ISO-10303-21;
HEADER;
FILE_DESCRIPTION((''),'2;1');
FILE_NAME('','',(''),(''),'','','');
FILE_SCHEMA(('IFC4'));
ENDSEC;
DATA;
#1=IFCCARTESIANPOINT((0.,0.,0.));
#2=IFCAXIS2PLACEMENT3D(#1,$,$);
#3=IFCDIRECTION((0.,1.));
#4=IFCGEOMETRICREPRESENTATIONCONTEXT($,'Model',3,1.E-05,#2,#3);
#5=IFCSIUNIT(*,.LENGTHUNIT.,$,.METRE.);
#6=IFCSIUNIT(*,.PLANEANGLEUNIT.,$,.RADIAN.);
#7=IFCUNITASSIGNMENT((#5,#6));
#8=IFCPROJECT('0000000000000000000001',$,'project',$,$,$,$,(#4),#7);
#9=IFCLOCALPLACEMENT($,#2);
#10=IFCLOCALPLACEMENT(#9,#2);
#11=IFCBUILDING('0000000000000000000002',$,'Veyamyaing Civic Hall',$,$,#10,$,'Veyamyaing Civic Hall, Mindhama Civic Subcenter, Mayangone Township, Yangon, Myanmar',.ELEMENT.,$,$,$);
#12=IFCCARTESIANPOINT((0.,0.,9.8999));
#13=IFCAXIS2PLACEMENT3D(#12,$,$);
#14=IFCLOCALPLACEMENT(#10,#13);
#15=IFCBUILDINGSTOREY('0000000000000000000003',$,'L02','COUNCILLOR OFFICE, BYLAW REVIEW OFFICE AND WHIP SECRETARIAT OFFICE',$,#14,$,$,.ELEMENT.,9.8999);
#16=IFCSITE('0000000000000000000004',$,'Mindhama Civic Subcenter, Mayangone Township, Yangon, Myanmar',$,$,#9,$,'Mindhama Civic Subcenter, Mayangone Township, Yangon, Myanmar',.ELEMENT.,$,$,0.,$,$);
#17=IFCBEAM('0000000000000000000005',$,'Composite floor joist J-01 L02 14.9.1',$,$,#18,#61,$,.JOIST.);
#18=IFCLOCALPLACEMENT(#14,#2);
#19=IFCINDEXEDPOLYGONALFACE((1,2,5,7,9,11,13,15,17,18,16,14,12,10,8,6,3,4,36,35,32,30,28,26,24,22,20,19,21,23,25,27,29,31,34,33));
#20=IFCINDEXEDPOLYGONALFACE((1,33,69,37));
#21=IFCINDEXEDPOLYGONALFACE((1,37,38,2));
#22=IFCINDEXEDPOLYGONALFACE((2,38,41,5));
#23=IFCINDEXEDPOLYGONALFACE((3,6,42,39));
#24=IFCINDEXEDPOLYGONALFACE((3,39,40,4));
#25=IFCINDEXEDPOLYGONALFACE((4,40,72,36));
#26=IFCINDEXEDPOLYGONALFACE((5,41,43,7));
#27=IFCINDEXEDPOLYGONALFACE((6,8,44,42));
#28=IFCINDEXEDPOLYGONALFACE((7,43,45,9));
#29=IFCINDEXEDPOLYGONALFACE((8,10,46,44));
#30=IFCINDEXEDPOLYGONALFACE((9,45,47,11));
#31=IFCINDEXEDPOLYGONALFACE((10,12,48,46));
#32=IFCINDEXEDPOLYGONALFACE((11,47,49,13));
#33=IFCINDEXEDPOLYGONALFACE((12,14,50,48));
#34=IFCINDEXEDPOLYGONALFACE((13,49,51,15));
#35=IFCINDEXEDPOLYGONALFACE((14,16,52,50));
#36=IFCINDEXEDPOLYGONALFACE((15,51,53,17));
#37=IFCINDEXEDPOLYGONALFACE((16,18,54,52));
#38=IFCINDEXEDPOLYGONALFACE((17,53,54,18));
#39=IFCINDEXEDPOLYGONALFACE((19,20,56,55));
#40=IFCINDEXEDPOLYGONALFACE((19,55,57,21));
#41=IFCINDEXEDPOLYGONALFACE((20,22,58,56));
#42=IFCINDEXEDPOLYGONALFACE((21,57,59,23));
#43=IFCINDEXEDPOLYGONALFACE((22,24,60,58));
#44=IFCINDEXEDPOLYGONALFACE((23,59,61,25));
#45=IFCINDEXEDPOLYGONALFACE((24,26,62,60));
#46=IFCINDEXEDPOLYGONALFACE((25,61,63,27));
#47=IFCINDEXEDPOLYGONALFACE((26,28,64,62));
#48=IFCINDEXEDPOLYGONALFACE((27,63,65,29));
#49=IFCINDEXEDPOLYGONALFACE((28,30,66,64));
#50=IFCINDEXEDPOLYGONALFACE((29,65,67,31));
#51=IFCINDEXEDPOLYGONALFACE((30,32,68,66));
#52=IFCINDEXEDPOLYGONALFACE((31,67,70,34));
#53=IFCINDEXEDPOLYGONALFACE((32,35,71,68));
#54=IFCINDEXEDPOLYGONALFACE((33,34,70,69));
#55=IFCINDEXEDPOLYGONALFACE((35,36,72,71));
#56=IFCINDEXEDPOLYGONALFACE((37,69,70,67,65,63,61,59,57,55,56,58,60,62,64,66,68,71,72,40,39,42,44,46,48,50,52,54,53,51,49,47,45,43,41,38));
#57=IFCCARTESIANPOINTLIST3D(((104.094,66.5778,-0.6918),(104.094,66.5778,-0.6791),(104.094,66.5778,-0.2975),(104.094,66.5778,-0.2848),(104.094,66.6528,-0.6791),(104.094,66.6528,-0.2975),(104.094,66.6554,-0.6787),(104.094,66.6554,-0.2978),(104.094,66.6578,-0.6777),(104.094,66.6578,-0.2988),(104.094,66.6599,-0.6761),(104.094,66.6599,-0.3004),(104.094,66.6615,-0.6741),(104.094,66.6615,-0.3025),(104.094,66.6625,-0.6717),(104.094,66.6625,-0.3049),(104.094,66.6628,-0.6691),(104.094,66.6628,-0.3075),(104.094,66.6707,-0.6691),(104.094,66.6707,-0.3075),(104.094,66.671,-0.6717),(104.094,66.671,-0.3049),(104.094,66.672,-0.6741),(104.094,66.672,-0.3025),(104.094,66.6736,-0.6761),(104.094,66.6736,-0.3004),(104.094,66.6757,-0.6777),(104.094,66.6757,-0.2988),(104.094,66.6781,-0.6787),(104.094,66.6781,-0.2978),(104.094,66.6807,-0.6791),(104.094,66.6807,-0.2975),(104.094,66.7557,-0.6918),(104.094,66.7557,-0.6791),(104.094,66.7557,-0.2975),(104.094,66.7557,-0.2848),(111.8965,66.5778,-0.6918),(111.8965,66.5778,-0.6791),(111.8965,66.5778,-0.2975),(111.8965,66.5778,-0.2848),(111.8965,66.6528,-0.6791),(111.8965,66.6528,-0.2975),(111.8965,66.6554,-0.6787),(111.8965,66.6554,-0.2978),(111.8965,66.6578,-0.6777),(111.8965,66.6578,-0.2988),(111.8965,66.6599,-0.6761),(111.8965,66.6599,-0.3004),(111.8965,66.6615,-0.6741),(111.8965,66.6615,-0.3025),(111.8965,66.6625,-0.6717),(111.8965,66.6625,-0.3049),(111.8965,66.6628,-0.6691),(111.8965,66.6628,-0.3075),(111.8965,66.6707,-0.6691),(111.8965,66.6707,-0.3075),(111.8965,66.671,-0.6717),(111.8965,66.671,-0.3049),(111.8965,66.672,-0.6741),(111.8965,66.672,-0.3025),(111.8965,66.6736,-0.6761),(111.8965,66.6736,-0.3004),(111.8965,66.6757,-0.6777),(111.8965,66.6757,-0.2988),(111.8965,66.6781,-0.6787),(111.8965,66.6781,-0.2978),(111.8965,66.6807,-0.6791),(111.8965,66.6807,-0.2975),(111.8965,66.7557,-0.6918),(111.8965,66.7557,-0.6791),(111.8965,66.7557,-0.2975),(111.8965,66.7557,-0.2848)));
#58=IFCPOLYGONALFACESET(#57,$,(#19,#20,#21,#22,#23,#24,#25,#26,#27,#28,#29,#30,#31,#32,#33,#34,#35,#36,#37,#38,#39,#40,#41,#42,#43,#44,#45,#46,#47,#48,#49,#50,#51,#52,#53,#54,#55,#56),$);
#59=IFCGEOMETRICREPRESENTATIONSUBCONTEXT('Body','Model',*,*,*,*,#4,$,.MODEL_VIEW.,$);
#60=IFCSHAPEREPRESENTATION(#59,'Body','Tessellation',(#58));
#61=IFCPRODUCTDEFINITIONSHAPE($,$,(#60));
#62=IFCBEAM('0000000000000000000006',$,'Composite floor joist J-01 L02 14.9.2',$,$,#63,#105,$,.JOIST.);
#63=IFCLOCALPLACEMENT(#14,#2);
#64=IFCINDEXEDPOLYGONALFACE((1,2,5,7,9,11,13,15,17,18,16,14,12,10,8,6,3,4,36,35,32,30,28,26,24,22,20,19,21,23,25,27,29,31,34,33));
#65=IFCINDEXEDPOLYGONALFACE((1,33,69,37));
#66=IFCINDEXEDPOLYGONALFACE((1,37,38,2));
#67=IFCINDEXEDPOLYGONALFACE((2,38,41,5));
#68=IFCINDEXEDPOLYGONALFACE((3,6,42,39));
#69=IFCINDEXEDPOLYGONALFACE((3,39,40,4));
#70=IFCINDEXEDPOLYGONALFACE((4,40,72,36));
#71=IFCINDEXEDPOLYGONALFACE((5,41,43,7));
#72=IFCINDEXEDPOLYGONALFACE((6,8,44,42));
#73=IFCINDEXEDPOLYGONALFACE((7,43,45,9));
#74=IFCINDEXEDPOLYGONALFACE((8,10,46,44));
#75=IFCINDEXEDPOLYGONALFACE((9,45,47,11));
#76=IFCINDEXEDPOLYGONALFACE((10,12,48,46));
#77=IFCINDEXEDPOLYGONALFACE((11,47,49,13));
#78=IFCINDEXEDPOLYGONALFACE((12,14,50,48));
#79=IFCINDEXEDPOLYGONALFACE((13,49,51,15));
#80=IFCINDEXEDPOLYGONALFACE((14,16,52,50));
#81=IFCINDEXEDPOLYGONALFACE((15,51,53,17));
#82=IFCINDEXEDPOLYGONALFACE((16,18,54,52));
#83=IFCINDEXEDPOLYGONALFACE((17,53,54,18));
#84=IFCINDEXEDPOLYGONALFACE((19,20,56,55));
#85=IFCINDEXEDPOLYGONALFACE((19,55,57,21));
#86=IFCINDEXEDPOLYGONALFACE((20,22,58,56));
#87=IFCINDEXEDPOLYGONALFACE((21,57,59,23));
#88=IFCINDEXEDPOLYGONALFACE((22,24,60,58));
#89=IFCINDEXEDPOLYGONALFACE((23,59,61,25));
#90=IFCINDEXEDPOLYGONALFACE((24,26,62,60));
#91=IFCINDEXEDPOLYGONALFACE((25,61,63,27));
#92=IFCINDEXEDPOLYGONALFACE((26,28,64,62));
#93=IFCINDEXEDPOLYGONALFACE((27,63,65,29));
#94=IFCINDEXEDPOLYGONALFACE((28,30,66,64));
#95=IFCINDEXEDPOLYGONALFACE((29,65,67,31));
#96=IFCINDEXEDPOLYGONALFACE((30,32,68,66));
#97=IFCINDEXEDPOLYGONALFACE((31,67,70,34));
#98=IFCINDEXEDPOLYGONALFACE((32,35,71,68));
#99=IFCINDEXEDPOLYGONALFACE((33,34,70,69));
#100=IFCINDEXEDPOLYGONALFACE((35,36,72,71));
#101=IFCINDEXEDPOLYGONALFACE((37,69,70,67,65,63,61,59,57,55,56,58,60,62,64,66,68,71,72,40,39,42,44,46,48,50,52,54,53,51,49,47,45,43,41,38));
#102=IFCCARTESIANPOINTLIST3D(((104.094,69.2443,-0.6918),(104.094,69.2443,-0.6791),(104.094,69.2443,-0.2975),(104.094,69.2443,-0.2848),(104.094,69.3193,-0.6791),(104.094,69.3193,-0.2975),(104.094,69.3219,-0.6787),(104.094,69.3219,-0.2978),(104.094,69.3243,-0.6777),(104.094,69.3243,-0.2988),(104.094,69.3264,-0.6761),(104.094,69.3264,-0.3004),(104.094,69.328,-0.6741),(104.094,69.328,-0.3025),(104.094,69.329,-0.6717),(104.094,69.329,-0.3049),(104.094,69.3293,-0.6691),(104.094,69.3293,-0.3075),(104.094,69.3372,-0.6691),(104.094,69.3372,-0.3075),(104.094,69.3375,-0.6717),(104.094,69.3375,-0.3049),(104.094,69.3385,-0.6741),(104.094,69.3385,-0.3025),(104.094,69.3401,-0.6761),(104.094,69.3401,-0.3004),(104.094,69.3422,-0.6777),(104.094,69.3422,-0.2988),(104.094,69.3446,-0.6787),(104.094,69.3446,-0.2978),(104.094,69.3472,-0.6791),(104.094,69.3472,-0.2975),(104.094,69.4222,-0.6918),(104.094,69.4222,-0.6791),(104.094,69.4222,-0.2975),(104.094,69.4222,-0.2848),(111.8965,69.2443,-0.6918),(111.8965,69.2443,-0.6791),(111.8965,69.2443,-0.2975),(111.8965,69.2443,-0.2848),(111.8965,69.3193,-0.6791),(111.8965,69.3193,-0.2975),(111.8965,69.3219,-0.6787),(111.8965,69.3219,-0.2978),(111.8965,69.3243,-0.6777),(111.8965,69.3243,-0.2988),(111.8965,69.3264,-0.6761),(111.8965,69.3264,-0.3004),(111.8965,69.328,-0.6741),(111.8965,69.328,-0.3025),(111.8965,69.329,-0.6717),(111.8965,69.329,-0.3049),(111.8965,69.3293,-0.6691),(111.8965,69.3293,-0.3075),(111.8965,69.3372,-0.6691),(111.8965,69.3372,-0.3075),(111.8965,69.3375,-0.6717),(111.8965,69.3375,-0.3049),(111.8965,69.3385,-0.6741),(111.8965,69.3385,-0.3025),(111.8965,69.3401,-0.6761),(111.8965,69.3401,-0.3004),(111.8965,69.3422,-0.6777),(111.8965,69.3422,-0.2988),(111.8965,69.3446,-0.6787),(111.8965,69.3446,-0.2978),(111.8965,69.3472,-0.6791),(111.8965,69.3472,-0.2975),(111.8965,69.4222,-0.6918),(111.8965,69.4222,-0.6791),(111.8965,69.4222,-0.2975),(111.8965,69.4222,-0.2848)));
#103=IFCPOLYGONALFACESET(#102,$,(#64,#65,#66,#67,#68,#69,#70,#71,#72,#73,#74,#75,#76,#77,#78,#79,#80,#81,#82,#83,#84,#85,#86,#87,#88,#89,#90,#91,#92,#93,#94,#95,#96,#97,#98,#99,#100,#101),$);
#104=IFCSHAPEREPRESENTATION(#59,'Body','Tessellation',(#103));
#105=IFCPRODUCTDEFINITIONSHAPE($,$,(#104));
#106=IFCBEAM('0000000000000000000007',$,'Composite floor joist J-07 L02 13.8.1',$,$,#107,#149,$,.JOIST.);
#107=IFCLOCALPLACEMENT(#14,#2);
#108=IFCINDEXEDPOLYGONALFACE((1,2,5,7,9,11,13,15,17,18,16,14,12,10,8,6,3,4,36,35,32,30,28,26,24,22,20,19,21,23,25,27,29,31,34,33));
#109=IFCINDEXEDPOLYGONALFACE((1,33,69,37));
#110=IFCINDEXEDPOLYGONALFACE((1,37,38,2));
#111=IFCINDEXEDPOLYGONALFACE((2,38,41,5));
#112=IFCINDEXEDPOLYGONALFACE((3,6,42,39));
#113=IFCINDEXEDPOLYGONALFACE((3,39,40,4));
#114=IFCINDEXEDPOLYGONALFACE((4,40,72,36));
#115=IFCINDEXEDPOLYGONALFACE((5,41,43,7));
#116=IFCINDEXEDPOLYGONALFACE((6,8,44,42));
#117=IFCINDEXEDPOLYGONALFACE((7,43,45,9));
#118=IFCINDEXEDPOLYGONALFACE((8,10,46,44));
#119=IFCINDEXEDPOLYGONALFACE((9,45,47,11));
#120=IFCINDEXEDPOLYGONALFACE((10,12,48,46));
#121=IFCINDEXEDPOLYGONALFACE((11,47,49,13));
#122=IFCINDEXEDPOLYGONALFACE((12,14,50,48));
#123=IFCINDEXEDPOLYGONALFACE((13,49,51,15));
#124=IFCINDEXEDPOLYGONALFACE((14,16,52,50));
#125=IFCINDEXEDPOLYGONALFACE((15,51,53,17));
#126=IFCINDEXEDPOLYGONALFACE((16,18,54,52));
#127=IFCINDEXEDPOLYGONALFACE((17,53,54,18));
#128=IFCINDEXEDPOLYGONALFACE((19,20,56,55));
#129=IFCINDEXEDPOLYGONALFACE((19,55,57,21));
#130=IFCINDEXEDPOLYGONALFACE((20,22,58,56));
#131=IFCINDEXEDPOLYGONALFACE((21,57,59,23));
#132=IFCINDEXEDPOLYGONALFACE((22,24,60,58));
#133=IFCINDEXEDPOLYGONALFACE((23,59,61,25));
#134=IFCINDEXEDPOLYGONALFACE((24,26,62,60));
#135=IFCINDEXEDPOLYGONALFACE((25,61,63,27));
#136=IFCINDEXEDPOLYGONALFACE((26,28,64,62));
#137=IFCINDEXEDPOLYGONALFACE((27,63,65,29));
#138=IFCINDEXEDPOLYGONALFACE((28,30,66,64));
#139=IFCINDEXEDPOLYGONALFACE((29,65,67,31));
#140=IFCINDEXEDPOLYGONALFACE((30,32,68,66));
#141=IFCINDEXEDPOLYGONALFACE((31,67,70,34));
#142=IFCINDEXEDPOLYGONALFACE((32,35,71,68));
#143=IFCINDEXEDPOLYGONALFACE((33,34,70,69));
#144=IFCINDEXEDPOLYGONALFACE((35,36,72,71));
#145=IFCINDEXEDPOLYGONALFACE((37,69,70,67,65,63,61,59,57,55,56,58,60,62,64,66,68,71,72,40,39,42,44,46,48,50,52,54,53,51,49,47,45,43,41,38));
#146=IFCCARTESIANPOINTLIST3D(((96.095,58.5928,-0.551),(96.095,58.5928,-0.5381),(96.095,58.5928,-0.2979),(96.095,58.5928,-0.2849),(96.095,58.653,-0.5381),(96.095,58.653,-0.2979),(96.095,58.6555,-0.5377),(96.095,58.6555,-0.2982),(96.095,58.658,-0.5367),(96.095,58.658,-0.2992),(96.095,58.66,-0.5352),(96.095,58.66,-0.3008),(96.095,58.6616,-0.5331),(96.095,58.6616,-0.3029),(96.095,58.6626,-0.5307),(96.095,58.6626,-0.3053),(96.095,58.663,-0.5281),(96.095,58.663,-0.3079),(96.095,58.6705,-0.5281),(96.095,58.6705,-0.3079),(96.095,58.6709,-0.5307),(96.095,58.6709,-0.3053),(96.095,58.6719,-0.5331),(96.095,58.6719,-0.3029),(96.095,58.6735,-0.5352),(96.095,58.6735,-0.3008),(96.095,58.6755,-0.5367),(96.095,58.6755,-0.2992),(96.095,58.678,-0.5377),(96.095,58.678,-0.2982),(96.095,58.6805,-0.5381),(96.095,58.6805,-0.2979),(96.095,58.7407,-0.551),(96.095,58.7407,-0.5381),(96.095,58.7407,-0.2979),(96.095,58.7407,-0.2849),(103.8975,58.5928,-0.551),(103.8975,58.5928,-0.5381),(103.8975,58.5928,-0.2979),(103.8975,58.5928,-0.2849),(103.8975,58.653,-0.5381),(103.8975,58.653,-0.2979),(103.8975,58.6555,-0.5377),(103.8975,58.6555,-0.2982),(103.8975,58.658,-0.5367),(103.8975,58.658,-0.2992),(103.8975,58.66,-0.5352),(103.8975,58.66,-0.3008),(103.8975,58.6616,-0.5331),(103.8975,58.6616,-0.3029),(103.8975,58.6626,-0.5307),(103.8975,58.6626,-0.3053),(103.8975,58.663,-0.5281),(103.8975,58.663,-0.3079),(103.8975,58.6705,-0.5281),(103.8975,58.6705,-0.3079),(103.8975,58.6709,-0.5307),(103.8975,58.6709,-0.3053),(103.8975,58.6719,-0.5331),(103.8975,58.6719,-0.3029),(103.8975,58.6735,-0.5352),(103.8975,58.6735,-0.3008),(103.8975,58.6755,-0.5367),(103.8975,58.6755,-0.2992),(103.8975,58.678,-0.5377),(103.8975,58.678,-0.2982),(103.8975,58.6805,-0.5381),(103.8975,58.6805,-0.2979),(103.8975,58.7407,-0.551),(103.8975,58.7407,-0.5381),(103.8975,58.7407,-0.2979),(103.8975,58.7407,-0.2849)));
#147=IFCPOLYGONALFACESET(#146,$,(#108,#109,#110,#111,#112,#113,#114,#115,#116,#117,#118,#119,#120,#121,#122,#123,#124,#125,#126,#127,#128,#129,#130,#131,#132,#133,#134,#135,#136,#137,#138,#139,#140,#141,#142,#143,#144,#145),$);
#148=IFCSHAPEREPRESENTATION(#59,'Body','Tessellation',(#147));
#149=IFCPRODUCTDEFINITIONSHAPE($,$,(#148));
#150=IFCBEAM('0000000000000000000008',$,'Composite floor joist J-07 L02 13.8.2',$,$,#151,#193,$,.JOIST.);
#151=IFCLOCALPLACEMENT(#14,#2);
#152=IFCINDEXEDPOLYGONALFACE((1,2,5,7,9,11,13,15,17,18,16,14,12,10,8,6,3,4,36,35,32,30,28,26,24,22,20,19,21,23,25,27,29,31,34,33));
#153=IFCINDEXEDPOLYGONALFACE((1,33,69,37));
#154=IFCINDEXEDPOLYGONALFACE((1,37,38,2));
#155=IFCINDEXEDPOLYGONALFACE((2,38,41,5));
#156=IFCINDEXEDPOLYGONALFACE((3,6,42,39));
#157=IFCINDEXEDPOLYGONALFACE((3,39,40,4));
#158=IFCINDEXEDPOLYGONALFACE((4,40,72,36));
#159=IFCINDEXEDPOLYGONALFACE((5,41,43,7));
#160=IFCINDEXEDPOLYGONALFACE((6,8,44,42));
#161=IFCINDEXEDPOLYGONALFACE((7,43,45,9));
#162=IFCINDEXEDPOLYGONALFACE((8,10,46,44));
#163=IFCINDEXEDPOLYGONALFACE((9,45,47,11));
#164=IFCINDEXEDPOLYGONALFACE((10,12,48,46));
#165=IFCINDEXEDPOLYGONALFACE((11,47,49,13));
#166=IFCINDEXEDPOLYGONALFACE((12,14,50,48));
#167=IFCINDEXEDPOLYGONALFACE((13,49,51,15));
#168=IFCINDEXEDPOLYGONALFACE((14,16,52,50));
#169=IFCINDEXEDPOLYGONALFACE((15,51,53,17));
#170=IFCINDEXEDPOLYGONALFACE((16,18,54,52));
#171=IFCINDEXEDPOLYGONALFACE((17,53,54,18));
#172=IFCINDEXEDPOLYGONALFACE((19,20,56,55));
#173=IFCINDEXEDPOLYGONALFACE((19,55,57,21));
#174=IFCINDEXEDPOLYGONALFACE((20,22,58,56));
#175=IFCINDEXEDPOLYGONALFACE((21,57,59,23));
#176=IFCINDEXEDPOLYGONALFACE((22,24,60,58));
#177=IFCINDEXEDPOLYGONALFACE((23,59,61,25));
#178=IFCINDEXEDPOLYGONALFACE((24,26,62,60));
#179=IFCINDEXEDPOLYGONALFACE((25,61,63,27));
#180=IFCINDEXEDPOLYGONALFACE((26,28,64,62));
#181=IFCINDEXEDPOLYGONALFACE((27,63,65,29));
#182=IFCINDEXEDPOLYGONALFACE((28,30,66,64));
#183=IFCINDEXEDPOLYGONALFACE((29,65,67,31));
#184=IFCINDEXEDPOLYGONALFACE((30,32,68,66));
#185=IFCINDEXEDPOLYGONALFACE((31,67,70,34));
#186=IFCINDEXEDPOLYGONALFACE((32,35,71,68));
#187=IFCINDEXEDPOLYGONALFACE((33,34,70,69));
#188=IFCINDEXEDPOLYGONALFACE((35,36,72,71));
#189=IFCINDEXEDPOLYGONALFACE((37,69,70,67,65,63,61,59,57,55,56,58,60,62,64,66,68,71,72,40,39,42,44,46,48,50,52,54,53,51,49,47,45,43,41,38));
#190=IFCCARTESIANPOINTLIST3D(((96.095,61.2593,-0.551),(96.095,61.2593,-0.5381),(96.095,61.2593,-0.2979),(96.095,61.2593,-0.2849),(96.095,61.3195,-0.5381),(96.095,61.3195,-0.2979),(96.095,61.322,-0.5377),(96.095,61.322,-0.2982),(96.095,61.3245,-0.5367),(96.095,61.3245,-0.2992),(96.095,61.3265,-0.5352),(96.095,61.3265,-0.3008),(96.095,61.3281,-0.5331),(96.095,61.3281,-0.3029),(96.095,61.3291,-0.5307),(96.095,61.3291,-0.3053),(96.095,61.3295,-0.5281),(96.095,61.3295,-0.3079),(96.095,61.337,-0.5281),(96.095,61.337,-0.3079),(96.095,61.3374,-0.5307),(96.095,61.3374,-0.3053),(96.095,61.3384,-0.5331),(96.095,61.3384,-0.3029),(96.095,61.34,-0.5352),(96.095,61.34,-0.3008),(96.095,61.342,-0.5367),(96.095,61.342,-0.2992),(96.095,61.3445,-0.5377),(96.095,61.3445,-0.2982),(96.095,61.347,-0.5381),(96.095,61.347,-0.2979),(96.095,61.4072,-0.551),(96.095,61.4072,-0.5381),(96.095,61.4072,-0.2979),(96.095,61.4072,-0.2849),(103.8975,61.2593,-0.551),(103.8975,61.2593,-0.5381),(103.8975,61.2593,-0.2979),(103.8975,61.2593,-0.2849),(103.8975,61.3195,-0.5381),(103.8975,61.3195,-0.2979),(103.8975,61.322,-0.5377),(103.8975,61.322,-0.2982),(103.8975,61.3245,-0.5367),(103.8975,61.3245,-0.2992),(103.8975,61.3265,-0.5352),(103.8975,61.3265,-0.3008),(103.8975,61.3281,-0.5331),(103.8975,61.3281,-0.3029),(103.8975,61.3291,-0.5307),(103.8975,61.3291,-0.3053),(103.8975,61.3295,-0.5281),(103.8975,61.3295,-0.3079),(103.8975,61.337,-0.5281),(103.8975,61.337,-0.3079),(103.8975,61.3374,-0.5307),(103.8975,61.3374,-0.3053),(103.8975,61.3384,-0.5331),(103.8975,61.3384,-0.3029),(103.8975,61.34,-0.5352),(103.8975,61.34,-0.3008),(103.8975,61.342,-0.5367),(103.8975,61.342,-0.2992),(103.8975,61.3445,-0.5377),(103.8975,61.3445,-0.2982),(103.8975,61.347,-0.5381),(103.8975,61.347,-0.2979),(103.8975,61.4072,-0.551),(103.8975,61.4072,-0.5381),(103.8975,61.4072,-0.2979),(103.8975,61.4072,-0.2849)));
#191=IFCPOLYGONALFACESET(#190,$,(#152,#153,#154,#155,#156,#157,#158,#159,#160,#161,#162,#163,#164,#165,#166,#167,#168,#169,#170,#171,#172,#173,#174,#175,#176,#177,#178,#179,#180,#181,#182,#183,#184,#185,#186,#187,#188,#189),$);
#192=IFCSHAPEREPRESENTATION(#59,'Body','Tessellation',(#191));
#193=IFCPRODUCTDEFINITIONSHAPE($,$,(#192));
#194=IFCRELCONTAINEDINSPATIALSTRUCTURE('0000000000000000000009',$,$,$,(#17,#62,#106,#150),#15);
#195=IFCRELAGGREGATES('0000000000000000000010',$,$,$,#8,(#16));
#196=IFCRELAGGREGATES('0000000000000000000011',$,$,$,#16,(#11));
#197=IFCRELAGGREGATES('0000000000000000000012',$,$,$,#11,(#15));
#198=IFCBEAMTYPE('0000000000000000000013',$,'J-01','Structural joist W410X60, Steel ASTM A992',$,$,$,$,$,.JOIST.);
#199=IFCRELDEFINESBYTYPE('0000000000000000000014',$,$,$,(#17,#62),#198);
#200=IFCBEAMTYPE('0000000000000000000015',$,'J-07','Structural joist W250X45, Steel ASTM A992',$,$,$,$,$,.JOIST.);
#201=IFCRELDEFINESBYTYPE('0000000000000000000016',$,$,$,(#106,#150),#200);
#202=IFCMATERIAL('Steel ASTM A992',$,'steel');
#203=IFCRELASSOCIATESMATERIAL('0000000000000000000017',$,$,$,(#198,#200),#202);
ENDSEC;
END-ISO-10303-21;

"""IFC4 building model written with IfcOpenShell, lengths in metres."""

from ifc_helpers import new_model, si_unit, direction, frame, origin, origin_2d, place, context, subcontext, project, spatial, i_section, extrude, material, material_profile, profile_set, type_object, element, save


model = new_model("IFC4")

# Units and contexts
model_context = context("Model", 3, precision=1e-05, world=origin(), true_north=direction((0.0, 1.0)))
body_context = subcontext(model_context, "Body", "Model", "MODEL_VIEW")
ifc_project = project(units=[si_unit("LENGTHUNIT", "METRE"), si_unit("PLANEANGLEUNIT", "RADIAN")], contexts=[model_context])

# Site, building, storey
site_placement = place(None, origin())
site = spatial("IfcSite", under=ifc_project, at=site_placement, Name="Mindhama Civic Subcenter, Mayangone Township, Yangon, Myanmar", LongName="Mindhama Civic Subcenter, Mayangone Township, Yangon, Myanmar", CompositionType="ELEMENT", RefElevation=0.0)
building_placement = place(site_placement, origin())
building = spatial("IfcBuilding", under=site, at=building_placement, Name="Veyamyaing Civic Hall", LongName="Veyamyaing Civic Hall, Mindhama Civic Subcenter, Mayangone Township, Yangon, Myanmar", CompositionType="ELEMENT")
storey_placement = place(building_placement, frame((0.0, 0.0, 9.8999)))
storey = spatial("IfcBuildingStorey", under=building, at=storey_placement, Name="L02", Description="COUNCILLOR OFFICE, BYLAW REVIEW OFFICE AND WHIP SECRETARIAT OFFICE", CompositionType="ELEMENT", Elevation=9.8999)

# Beams
ifc_material_1 = material(Name="Steel ASTM A992", Category="steel")
ifc_material_profile_1 = material_profile(ifc_material_1, i_section(OverallWidth=0.178, OverallDepth=0.407, WebThickness=0.0078, FlangeThickness=0.0127, FilletRadius=0.01, at=origin_2d()), Name="W410X60")
ifc_profile_set_1 = profile_set([ifc_material_profile_1], Name="Steel ASTM A992")
beam_type_1 = type_object("IfcBeamType", Name="J-01", Description="Structural joist W410X60, Steel ASTM A992", PredefinedType="JOIST", material=ifc_profile_set_1)
for number, where, z_axis, x_axis, name in (
    (1, (104.094, 66.6667, -0.4883), (1.0, 0.0, 0.0), (0.0, 1.0, 0.0), "Composite floor joist J-01 L02 14.9.1"),
    (2, (104.094, 69.3333, -0.4883), (1.0, 0.0, 0.0), (0.0, 1.0, 0.0), "Composite floor joist J-01 L02 14.9.2"),
):
    element("IfcBeam", number, at=place(storey_placement, frame(where, z_axis=z_axis, x_axis=x_axis)), inside=storey, type_object=beam_type_1, Name=name, PredefinedType="JOIST", context=body_context, shape_type="SweptSolid", body=[
        extrude(i_section(OverallWidth=0.178, OverallDepth=0.407, WebThickness=0.0078, FlangeThickness=0.0127, FilletRadius=0.01, at=origin_2d()), origin(), (0.0, 0.0, 1.0), 7.8025),
    ])
ifc_material_profile_2 = material_profile(ifc_material_1, i_section(OverallWidth=0.1479, OverallDepth=0.2661, WebThickness=0.0076, FlangeThickness=0.0129, FilletRadius=0.01, at=origin_2d()), Name="W250X45")
ifc_profile_set_2 = profile_set([ifc_material_profile_2], Name="Steel ASTM A992")
beam_type_2 = type_object("IfcBeamType", Name="J-07", Description="Structural joist W250X45, Steel ASTM A992", PredefinedType="JOIST", material=ifc_profile_set_2)
for number, where, z_axis, x_axis, name in (
    (3, (96.095, 58.6667, -0.418), (1.0, 0.0, 0.0), (0.0, 1.0, 0.0), "Composite floor joist J-07 L02 13.8.1"),
    (4, (96.095, 61.3333, -0.418), (1.0, 0.0, 0.0), (0.0, 1.0, 0.0), "Composite floor joist J-07 L02 13.8.2"),
):
    element("IfcBeam", number, at=place(storey_placement, frame(where, z_axis=z_axis, x_axis=x_axis)), inside=storey, type_object=beam_type_2, Name=name, PredefinedType="JOIST", context=body_context, shape_type="SweptSolid", body=[
        extrude(i_section(OverallWidth=0.1479, OverallDepth=0.2661, WebThickness=0.0076, FlangeThickness=0.0129, FilletRadius=0.01, at=origin_2d()), origin(), (0.0, 0.0, 1.0), 7.8025),
    ])

save(model, "model.ifc")
